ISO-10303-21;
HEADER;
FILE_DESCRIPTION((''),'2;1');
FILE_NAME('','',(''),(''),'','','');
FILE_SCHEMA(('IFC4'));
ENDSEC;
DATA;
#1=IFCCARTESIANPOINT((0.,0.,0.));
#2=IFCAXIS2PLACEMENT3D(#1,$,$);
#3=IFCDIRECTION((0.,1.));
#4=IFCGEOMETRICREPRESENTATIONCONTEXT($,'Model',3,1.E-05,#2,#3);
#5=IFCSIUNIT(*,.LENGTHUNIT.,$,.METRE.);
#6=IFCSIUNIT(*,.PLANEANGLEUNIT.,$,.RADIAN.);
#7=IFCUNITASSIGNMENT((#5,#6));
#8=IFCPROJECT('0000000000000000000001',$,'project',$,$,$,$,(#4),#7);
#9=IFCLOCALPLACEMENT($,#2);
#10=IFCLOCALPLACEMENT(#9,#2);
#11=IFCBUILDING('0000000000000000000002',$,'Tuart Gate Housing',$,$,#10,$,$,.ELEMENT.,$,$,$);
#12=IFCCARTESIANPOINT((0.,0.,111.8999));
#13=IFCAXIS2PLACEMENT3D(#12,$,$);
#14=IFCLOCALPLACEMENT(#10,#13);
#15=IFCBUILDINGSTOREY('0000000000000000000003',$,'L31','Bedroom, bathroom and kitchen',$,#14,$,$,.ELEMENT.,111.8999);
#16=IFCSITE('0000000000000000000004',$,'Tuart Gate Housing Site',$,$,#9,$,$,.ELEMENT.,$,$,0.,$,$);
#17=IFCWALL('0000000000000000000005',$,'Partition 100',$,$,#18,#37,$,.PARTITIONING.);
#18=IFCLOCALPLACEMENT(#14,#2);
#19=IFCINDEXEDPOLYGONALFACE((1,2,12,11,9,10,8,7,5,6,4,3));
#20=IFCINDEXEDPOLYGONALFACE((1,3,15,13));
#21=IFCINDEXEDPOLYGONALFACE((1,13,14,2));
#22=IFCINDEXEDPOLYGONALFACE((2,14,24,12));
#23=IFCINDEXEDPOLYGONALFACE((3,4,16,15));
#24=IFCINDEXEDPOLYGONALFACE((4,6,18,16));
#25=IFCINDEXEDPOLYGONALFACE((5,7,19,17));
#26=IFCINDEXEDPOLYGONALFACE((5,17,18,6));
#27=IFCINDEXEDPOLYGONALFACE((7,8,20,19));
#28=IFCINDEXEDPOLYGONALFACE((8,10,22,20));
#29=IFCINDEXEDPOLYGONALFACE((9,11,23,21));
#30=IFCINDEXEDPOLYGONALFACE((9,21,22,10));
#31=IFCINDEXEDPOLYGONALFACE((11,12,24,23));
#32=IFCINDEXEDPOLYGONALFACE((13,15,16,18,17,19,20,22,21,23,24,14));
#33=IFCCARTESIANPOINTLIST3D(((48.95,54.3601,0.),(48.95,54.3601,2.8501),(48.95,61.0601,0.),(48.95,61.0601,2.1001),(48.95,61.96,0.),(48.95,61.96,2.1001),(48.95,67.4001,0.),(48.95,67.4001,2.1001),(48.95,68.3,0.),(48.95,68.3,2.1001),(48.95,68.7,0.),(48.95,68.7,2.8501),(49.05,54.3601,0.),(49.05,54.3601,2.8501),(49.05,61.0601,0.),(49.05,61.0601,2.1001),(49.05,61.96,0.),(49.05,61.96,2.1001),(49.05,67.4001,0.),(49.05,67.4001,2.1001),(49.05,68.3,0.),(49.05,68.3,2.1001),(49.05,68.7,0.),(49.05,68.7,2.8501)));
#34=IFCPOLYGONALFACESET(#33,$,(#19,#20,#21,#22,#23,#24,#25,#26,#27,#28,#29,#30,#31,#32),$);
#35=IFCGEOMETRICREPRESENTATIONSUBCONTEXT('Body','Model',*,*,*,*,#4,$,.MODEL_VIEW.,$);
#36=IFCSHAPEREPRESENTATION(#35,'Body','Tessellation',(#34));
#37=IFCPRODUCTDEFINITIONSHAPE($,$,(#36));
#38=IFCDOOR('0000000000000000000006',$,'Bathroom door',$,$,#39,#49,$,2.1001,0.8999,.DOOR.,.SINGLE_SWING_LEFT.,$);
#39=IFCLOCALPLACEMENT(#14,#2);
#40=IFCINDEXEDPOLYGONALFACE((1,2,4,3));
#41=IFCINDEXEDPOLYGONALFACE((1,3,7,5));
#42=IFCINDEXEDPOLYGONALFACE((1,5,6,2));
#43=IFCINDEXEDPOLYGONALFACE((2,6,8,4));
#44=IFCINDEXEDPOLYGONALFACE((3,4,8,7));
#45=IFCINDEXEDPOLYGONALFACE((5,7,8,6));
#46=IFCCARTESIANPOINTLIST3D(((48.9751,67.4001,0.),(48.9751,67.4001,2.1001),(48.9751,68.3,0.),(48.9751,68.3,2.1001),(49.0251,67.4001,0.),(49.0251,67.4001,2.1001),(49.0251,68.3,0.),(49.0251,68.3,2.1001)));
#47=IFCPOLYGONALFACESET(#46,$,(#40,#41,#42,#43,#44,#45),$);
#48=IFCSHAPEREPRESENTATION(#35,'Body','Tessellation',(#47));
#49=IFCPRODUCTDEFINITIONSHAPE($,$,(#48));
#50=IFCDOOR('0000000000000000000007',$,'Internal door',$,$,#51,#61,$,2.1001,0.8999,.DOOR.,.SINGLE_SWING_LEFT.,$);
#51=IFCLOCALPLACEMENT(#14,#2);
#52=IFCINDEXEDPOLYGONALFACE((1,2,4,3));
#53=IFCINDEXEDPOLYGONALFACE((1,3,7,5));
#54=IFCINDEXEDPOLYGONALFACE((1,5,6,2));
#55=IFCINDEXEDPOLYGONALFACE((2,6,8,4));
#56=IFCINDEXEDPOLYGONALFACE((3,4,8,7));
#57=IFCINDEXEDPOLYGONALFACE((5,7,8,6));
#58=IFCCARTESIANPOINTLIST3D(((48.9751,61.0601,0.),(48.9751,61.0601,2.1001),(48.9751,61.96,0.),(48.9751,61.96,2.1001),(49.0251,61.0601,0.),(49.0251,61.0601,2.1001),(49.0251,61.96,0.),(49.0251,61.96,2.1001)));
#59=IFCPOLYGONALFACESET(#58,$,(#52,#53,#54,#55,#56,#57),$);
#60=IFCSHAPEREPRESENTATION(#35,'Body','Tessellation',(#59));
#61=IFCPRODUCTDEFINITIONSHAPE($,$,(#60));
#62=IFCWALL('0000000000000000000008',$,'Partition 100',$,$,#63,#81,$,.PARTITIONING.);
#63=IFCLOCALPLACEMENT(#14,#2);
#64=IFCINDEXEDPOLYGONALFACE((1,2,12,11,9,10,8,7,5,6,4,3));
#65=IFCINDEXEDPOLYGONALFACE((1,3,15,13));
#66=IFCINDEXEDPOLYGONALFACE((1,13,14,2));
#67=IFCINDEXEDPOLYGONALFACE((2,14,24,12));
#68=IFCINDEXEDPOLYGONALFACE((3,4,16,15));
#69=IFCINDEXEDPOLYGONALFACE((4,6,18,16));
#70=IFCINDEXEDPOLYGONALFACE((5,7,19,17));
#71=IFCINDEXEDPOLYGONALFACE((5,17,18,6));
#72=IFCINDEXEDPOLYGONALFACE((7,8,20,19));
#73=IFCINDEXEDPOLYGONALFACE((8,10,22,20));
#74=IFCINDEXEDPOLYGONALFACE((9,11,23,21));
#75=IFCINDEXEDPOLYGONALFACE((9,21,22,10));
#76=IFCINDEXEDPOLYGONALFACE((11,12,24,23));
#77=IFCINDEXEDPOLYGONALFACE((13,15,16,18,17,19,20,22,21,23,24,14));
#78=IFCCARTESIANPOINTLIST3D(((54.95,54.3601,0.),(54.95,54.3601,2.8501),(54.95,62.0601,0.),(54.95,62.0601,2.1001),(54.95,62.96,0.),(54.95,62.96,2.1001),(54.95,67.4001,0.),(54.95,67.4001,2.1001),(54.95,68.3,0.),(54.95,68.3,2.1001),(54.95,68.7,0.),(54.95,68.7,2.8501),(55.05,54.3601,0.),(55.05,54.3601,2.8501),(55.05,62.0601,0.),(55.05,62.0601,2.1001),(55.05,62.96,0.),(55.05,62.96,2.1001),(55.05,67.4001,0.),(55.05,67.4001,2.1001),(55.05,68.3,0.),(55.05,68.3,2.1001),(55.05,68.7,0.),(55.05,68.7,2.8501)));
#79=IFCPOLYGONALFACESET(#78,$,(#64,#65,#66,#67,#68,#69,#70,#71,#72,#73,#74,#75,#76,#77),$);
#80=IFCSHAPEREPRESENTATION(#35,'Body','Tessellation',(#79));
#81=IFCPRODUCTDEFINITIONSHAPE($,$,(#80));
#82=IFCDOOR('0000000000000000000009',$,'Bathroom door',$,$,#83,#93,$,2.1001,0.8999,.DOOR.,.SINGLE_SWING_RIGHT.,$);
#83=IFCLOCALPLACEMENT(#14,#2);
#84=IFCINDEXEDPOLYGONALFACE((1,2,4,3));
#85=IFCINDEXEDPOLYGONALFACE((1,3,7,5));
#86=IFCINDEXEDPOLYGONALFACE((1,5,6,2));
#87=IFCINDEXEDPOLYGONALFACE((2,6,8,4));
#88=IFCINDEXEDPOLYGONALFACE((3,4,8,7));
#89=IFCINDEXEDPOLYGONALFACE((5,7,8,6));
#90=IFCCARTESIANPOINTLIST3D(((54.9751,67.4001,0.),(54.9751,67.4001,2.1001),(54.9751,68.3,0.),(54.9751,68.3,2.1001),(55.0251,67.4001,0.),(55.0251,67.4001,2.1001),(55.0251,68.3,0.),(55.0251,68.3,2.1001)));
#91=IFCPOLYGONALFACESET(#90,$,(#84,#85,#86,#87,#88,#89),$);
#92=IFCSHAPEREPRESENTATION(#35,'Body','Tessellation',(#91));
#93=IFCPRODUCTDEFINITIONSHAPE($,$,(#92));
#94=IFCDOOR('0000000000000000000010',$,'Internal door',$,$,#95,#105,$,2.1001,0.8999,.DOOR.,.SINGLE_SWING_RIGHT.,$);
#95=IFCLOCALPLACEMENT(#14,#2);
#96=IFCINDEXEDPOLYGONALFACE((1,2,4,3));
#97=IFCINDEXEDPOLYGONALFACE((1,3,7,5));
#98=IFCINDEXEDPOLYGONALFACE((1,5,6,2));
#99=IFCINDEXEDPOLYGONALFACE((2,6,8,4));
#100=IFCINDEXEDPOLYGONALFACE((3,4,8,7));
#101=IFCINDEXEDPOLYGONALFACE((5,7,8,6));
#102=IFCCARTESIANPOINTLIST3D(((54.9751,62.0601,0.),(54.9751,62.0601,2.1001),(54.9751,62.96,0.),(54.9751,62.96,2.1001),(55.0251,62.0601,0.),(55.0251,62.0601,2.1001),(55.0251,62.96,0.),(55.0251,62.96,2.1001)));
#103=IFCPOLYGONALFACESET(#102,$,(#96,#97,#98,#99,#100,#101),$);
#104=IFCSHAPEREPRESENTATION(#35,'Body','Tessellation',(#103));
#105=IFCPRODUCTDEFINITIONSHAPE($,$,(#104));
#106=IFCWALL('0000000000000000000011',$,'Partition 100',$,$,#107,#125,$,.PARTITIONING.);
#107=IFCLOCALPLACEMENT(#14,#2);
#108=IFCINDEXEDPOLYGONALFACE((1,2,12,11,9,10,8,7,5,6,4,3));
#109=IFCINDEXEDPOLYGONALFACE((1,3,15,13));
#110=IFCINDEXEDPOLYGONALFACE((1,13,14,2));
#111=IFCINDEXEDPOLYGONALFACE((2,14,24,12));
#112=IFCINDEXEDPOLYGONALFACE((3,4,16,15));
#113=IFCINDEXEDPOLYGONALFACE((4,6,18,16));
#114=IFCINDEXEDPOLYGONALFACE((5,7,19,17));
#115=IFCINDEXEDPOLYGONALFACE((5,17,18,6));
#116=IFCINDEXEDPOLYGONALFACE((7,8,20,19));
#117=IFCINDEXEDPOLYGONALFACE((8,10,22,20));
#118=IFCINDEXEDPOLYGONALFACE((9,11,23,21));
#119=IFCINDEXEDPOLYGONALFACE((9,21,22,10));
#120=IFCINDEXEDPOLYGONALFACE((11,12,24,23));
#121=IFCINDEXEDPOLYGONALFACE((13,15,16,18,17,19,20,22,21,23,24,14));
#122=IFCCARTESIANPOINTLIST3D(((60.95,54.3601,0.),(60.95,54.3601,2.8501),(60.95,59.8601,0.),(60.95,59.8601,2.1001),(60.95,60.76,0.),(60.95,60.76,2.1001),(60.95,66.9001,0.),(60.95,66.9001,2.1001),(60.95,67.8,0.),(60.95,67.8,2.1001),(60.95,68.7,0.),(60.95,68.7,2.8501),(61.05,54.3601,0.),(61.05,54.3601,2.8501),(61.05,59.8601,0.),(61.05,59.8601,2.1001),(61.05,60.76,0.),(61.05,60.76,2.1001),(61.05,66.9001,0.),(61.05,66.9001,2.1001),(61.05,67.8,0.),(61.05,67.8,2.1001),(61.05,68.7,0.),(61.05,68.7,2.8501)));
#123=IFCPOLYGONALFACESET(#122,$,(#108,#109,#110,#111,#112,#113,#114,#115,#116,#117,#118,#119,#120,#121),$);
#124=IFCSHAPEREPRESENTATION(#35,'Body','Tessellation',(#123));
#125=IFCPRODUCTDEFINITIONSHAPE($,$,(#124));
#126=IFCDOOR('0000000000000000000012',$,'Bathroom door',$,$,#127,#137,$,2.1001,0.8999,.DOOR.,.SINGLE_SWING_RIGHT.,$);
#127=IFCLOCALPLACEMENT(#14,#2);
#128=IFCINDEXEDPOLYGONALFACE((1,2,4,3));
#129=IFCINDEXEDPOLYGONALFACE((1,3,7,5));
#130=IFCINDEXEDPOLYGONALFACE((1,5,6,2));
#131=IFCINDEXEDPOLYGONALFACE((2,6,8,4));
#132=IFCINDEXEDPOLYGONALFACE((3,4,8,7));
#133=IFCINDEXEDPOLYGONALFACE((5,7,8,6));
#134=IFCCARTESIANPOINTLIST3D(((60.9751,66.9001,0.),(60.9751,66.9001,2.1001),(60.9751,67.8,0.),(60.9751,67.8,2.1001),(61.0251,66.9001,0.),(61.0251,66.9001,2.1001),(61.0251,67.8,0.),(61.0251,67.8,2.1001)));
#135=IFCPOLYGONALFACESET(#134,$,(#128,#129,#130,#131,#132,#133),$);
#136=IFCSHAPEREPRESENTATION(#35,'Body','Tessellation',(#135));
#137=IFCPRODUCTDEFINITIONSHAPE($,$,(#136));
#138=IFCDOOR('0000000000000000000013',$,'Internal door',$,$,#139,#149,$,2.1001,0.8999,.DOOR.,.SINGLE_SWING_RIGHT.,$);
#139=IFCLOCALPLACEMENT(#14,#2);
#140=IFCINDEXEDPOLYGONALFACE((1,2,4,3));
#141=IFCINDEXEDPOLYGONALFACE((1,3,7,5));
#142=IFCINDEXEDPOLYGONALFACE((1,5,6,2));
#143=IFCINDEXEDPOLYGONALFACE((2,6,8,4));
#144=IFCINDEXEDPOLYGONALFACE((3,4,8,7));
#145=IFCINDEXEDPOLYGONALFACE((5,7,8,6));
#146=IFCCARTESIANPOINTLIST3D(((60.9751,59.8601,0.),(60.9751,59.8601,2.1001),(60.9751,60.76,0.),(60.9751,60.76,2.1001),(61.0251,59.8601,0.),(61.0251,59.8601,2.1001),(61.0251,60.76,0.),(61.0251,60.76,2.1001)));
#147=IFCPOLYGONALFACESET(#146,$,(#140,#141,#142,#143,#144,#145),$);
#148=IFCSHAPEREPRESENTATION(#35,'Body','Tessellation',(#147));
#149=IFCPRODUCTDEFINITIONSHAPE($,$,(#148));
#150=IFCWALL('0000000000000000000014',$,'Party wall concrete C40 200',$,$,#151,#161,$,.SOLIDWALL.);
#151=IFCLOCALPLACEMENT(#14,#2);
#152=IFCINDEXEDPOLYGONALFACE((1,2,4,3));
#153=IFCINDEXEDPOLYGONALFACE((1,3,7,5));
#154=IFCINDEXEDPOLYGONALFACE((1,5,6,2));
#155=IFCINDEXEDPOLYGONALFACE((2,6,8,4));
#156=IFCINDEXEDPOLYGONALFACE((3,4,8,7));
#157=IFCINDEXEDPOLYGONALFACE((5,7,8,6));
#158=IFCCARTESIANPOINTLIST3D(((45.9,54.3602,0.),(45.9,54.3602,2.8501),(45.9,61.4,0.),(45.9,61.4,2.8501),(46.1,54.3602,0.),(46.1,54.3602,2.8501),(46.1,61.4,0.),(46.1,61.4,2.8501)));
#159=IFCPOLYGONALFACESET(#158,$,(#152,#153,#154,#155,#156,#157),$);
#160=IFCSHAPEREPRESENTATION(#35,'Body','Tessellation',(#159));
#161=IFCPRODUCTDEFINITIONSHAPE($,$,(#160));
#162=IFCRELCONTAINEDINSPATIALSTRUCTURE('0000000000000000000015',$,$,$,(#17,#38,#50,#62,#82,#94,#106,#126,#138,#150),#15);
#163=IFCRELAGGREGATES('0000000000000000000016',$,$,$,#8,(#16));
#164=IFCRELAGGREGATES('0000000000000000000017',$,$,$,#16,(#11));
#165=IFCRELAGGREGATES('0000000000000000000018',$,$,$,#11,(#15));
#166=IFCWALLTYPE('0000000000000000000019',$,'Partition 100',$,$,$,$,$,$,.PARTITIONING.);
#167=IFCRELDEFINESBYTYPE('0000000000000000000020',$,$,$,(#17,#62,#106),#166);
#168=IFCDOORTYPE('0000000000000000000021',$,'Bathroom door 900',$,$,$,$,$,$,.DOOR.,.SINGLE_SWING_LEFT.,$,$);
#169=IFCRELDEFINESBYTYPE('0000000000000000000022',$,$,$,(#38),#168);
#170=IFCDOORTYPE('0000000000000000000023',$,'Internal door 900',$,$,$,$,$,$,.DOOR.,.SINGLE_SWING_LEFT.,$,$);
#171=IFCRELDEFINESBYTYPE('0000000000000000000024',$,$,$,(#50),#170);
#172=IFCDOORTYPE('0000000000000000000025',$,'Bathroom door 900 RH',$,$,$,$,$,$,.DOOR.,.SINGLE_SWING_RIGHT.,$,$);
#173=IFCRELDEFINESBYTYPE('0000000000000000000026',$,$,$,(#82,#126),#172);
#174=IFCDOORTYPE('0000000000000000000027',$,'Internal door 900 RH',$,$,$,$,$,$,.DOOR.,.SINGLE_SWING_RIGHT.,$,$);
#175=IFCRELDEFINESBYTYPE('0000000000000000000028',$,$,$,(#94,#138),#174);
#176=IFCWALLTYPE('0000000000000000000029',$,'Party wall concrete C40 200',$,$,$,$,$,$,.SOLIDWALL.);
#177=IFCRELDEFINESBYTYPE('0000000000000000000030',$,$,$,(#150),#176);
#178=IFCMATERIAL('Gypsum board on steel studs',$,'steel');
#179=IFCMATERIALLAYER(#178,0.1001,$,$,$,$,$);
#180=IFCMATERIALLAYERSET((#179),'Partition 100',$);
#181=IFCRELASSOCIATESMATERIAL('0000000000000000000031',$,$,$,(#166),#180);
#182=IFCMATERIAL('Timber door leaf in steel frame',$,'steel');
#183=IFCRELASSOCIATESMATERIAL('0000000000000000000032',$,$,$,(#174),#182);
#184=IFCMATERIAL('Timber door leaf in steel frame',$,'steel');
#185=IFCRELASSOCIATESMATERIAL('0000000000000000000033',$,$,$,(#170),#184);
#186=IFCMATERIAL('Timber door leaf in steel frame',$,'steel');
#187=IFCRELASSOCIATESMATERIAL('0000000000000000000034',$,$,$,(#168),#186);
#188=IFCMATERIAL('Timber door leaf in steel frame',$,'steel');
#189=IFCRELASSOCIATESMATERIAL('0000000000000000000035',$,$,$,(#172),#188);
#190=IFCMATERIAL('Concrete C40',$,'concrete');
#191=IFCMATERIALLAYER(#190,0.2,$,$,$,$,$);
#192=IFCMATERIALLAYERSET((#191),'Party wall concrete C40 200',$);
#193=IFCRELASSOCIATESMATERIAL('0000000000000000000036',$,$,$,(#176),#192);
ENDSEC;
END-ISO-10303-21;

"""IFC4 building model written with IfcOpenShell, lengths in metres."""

from ifc_helpers import new_model, si_unit, direction, frame, frame_2d, origin, place, context, subcontext, project, spatial, rectangle, extrude, material, layer, layer_set, type_object, element, fill, save


model = new_model("IFC4")

# Units and contexts
model_context = context("Model", 3, precision=1e-05, world=origin(), true_north=direction((0.0, 1.0)))
body_context = subcontext(model_context, "Body", "Model", "MODEL_VIEW")
ifc_project = project(units=[si_unit("LENGTHUNIT", "METRE"), si_unit("PLANEANGLEUNIT", "RADIAN")], contexts=[model_context])

# Site, building, storey
site_placement = place(None, origin())
site = spatial("IfcSite", under=ifc_project, at=site_placement, Name="Tuart Gate Housing Site", CompositionType="ELEMENT", RefElevation=0.0)
building_placement = place(site_placement, origin())
building = spatial("IfcBuilding", under=site, at=building_placement, Name="Tuart Gate Housing", CompositionType="ELEMENT")
storey_placement = place(building_placement, frame((0.0, 0.0, 111.8999)))
storey = spatial("IfcBuildingStorey", under=building, at=storey_placement, Name="L31", Description="Bedroom, bathroom and kitchen", CompositionType="ELEMENT", Elevation=111.8999)

# Shared definitions
ifc_material_1 = material(Name="Gypsum board on steel studs", Category="steel")
ifc_layer_1 = layer(ifc_material_1, 0.1001)
ifc_layer_set_1 = layer_set([ifc_layer_1], Name="Partition 100")
wall_type_1 = type_object("IfcWallType", Name="Partition 100", PredefinedType="PARTITIONING", material=ifc_layer_set_1)
ifc_material_2 = material(Name="Timber door leaf in steel frame", Category="steel")
door_type_1 = type_object("IfcDoorType", Name="Internal door 900 RH", OperationType="SINGLE_SWING_RIGHT", PredefinedType="DOOR", material=ifc_material_2)
ifc_material_3 = material(Name="Timber door leaf in steel frame", Category="steel")
door_type_2 = type_object("IfcDoorType", Name="Internal door 900", OperationType="SINGLE_SWING_LEFT", PredefinedType="DOOR", material=ifc_material_3)

# Walls, openings, doors
wall_1_placement = place(storey_placement, frame((49.0, 54.3601, 0.0), z_axis=(0.0, 0.0, 1.0), x_axis=(0.0, 1.0, 0.0)))
wall_1 = element("IfcWall", 1, at=wall_1_placement, inside=storey, type_object=wall_type_1, Name="Partition 100", PredefinedType="PARTITIONING", context=body_context, shape_type="SweptSolid", body=[
    extrude(rectangle(XDim=14.3398, YDim=0.1001, at=frame_2d((7.1699, 0.0))), origin(), (0.0, 0.0, 1.0), 2.8501),
])
opening_1_placement = place(wall_1_placement, frame((6.7, 0.0, 0.0)))
opening_1 = element("IfcOpeningElement", 2, at=opening_1_placement, cuts=wall_1, PredefinedType="OPENING", context=body_context, shape_type="SweptSolid", body=[
    extrude(rectangle(XDim=0.8999, YDim=2.1001, at=frame_2d((0.45, 1.05))), frame((0.0, 0.0601, 0.0), z_axis=(0.0, -1.0, 0.0), x_axis=(1.0, 0.0, 0.0)), (0.0, 0.0, 1.0), 0.1201),
])
opening_2_placement = place(wall_1_placement, frame((13.04, 0.0, 0.0)))
opening_2 = element("IfcOpeningElement", 3, at=opening_2_placement, cuts=wall_1, PredefinedType="OPENING", context=body_context, shape_type="SweptSolid", body=[
    extrude(rectangle(XDim=0.8999, YDim=2.1001, at=frame_2d((0.45, 1.05))), frame((0.0, 0.0601, 0.0), z_axis=(0.0, -1.0, 0.0), x_axis=(1.0, 0.0, 0.0)), (0.0, 0.0, 1.0), 0.1201),
])
ifc_material_4 = material(Name="Timber door leaf in steel frame", Category="steel")
door_type_3 = type_object("IfcDoorType", Name="Bathroom door 900", OperationType="SINGLE_SWING_LEFT", PredefinedType="DOOR", material=ifc_material_4)
door_1_placement = place(opening_2_placement, frame((0.8999, 0.0, 0.0), z_axis=(0.0, 0.0, 1.0), x_axis=(-1.0, 0.0, 0.0)))
door_1 = element("IfcDoor", 4, at=door_1_placement, inside=storey, type_object=door_type_3, Name="Bathroom door", OperationType="SINGLE_SWING_LEFT", OverallHeight=2.1001, OverallWidth=0.8999, PredefinedType="DOOR", context=body_context, shape_type="SweptSolid", body=[
    extrude(rectangle(XDim=0.8999, YDim=2.1001, at=frame_2d((0.45, 1.05))), frame((0.0, 0.0251, 0.0), z_axis=(0.0, -1.0, 0.0), x_axis=(1.0, 0.0, 0.0)), (0.0, 0.0, 1.0), 0.05),
])
fill(opening_2, door_1)
door_2_placement = place(opening_1_placement, frame((0.8999, 0.0, 0.0), z_axis=(0.0, 0.0, 1.0), x_axis=(-1.0, 0.0, 0.0)))
door_2 = element("IfcDoor", 5, at=door_2_placement, inside=storey, type_object=door_type_2, Name="Internal door", OperationType="SINGLE_SWING_LEFT", OverallHeight=2.1001, OverallWidth=0.8999, PredefinedType="DOOR", context=body_context, shape_type="SweptSolid", body=[
    extrude(rectangle(XDim=0.8999, YDim=2.1001, at=frame_2d((0.45, 1.05))), frame((0.0, 0.0251, 0.0), z_axis=(0.0, -1.0, 0.0), x_axis=(1.0, 0.0, 0.0)), (0.0, 0.0, 1.0), 0.05),
])
fill(opening_1, door_2)
wall_2_placement = place(storey_placement, frame((55.0, 54.3601, 0.0), z_axis=(0.0, 0.0, 1.0), x_axis=(0.0, 1.0, 0.0)))
wall_2 = element("IfcWall", 6, at=wall_2_placement, inside=storey, type_object=wall_type_1, Name="Partition 100", PredefinedType="PARTITIONING", context=body_context, shape_type="SweptSolid", body=[
    extrude(rectangle(XDim=14.3398, YDim=0.1001, at=frame_2d((7.1699, 0.0))), origin(), (0.0, 0.0, 1.0), 2.8501),
])
opening_3_placement = place(wall_2_placement, frame((7.7, 0.0, 0.0)))
opening_3 = element("IfcOpeningElement", 7, at=opening_3_placement, cuts=wall_2, PredefinedType="OPENING", context=body_context, shape_type="SweptSolid", body=[
    extrude(rectangle(XDim=0.8999, YDim=2.1001, at=frame_2d((0.45, 1.05))), frame((0.0, 0.0601, 0.0), z_axis=(0.0, -1.0, 0.0), x_axis=(1.0, 0.0, 0.0)), (0.0, 0.0, 1.0), 0.1201),
])
opening_4_placement = place(wall_2_placement, frame((13.04, 0.0, 0.0)))
opening_4 = element("IfcOpeningElement", 8, at=opening_4_placement, cuts=wall_2, PredefinedType="OPENING", context=body_context, shape_type="SweptSolid", body=[
    extrude(rectangle(XDim=0.8999, YDim=2.1001, at=frame_2d((0.45, 1.05))), frame((0.0, 0.0601, 0.0), z_axis=(0.0, -1.0, 0.0), x_axis=(1.0, 0.0, 0.0)), (0.0, 0.0, 1.0), 0.1201),
])
ifc_material_5 = material(Name="Timber door leaf in steel frame", Category="steel")
door_type_4 = type_object("IfcDoorType", Name="Bathroom door 900 RH", OperationType="SINGLE_SWING_RIGHT", PredefinedType="DOOR", material=ifc_material_5)
door_3_placement = place(opening_4_placement, origin())
door_3 = element("IfcDoor", 9, at=door_3_placement, inside=storey, type_object=door_type_4, Name="Bathroom door", OperationType="SINGLE_SWING_RIGHT", OverallHeight=2.1001, OverallWidth=0.8999, PredefinedType="DOOR", context=body_context, shape_type="SweptSolid", body=[
    extrude(rectangle(XDim=0.8999, YDim=2.1001, at=frame_2d((0.45, 1.05))), frame((0.0, 0.0249, 0.0), z_axis=(0.0, -1.0, 0.0), x_axis=(1.0, 0.0, 0.0)), (0.0, 0.0, 1.0), 0.05),
])
fill(opening_4, door_3)
door_4_placement = place(opening_3_placement, origin())
door_4 = element("IfcDoor", 10, at=door_4_placement, inside=storey, type_object=door_type_1, Name="Internal door", OperationType="SINGLE_SWING_RIGHT", OverallHeight=2.1001, OverallWidth=0.8999, PredefinedType="DOOR", context=body_context, shape_type="SweptSolid", body=[
    extrude(rectangle(XDim=0.8999, YDim=2.1001, at=frame_2d((0.45, 1.05))), frame((0.0, 0.0249, 0.0), z_axis=(0.0, -1.0, 0.0), x_axis=(1.0, 0.0, 0.0)), (0.0, 0.0, 1.0), 0.05),
])
fill(opening_3, door_4)
wall_3_placement = place(storey_placement, frame((61.0, 54.3601, 0.0), z_axis=(0.0, 0.0, 1.0), x_axis=(0.0, 1.0, 0.0)))
wall_3 = element("IfcWall", 11, at=wall_3_placement, inside=storey, type_object=wall_type_1, Name="Partition 100", PredefinedType="PARTITIONING", context=body_context, shape_type="SweptSolid", body=[
    extrude(rectangle(XDim=14.3398, YDim=0.1001, at=frame_2d((7.1699, 0.0))), origin(), (0.0, 0.0, 1.0), 2.8501),
])
opening_5_placement = place(wall_3_placement, frame((5.5, 0.0, 0.0)))
opening_5 = element("IfcOpeningElement", 12, at=opening_5_placement, cuts=wall_3, PredefinedType="OPENING", context=body_context, shape_type="SweptSolid", body=[
    extrude(rectangle(XDim=0.8999, YDim=2.1001, at=frame_2d((0.45, 1.05))), frame((0.0, 0.0601, 0.0), z_axis=(0.0, -1.0, 0.0), x_axis=(1.0, 0.0, 0.0)), (0.0, 0.0, 1.0), 0.1201),
])
opening_6_placement = place(wall_3_placement, frame((12.54, 0.0, 0.0)))
opening_6 = element("IfcOpeningElement", 13, at=opening_6_placement, cuts=wall_3, PredefinedType="OPENING", context=body_context, shape_type="SweptSolid", body=[
    extrude(rectangle(XDim=0.8999, YDim=2.1001, at=frame_2d((0.45, 1.05))), frame((0.0, 0.0601, 0.0), z_axis=(0.0, -1.0, 0.0), x_axis=(1.0, 0.0, 0.0)), (0.0, 0.0, 1.0), 0.1201),
])
door_5_placement = place(opening_6_placement, origin())
door_5 = element("IfcDoor", 14, at=door_5_placement, inside=storey, type_object=door_type_4, Name="Bathroom door", OperationType="SINGLE_SWING_RIGHT", OverallHeight=2.1001, OverallWidth=0.8999, PredefinedType="DOOR", context=body_context, shape_type="SweptSolid", body=[
    extrude(rectangle(XDim=0.8999, YDim=2.1001, at=frame_2d((0.45, 1.05))), frame((0.0, 0.0249, 0.0), z_axis=(0.0, -1.0, 0.0), x_axis=(1.0, 0.0, 0.0)), (0.0, 0.0, 1.0), 0.05),
])
fill(opening_6, door_5)
door_6_placement = place(opening_5_placement, origin())
door_6 = element("IfcDoor", 15, at=door_6_placement, inside=storey, type_object=door_type_1, Name="Internal door", OperationType="SINGLE_SWING_RIGHT", OverallHeight=2.1001, OverallWidth=0.8999, PredefinedType="DOOR", context=body_context, shape_type="SweptSolid", body=[
    extrude(rectangle(XDim=0.8999, YDim=2.1001, at=frame_2d((0.45, 1.05))), frame((0.0, 0.0249, 0.0), z_axis=(0.0, -1.0, 0.0), x_axis=(1.0, 0.0, 0.0)), (0.0, 0.0, 1.0), 0.05),
])
fill(opening_5, door_6)

# Wall
ifc_material_6 = material(Name="Concrete C40", Category="concrete")
ifc_layer_2 = layer(ifc_material_6, 0.2)
ifc_layer_set_2 = layer_set([ifc_layer_2], Name="Party wall concrete C40 200")
wall_type_2 = type_object("IfcWallType", Name="Party wall concrete C40 200", PredefinedType="SOLIDWALL", material=ifc_layer_set_2)
wall_4_placement = place(storey_placement, frame((46.0, 54.3601, 0.0), z_axis=(0.0, 0.0, 1.0), x_axis=(0.0, 1.0, 0.0)))
element("IfcWall", 16, at=wall_4_placement, inside=storey, type_object=wall_type_2, Name="Party wall concrete C40 200", PredefinedType="SOLIDWALL", context=body_context, shape_type="SweptSolid", body=[
    extrude(rectangle(XDim=7.0398, YDim=0.2, at=frame_2d((3.52, 0.0))), origin(), (0.0, 0.0, 1.0), 2.8501),
])

save(model, "model.ifc")
